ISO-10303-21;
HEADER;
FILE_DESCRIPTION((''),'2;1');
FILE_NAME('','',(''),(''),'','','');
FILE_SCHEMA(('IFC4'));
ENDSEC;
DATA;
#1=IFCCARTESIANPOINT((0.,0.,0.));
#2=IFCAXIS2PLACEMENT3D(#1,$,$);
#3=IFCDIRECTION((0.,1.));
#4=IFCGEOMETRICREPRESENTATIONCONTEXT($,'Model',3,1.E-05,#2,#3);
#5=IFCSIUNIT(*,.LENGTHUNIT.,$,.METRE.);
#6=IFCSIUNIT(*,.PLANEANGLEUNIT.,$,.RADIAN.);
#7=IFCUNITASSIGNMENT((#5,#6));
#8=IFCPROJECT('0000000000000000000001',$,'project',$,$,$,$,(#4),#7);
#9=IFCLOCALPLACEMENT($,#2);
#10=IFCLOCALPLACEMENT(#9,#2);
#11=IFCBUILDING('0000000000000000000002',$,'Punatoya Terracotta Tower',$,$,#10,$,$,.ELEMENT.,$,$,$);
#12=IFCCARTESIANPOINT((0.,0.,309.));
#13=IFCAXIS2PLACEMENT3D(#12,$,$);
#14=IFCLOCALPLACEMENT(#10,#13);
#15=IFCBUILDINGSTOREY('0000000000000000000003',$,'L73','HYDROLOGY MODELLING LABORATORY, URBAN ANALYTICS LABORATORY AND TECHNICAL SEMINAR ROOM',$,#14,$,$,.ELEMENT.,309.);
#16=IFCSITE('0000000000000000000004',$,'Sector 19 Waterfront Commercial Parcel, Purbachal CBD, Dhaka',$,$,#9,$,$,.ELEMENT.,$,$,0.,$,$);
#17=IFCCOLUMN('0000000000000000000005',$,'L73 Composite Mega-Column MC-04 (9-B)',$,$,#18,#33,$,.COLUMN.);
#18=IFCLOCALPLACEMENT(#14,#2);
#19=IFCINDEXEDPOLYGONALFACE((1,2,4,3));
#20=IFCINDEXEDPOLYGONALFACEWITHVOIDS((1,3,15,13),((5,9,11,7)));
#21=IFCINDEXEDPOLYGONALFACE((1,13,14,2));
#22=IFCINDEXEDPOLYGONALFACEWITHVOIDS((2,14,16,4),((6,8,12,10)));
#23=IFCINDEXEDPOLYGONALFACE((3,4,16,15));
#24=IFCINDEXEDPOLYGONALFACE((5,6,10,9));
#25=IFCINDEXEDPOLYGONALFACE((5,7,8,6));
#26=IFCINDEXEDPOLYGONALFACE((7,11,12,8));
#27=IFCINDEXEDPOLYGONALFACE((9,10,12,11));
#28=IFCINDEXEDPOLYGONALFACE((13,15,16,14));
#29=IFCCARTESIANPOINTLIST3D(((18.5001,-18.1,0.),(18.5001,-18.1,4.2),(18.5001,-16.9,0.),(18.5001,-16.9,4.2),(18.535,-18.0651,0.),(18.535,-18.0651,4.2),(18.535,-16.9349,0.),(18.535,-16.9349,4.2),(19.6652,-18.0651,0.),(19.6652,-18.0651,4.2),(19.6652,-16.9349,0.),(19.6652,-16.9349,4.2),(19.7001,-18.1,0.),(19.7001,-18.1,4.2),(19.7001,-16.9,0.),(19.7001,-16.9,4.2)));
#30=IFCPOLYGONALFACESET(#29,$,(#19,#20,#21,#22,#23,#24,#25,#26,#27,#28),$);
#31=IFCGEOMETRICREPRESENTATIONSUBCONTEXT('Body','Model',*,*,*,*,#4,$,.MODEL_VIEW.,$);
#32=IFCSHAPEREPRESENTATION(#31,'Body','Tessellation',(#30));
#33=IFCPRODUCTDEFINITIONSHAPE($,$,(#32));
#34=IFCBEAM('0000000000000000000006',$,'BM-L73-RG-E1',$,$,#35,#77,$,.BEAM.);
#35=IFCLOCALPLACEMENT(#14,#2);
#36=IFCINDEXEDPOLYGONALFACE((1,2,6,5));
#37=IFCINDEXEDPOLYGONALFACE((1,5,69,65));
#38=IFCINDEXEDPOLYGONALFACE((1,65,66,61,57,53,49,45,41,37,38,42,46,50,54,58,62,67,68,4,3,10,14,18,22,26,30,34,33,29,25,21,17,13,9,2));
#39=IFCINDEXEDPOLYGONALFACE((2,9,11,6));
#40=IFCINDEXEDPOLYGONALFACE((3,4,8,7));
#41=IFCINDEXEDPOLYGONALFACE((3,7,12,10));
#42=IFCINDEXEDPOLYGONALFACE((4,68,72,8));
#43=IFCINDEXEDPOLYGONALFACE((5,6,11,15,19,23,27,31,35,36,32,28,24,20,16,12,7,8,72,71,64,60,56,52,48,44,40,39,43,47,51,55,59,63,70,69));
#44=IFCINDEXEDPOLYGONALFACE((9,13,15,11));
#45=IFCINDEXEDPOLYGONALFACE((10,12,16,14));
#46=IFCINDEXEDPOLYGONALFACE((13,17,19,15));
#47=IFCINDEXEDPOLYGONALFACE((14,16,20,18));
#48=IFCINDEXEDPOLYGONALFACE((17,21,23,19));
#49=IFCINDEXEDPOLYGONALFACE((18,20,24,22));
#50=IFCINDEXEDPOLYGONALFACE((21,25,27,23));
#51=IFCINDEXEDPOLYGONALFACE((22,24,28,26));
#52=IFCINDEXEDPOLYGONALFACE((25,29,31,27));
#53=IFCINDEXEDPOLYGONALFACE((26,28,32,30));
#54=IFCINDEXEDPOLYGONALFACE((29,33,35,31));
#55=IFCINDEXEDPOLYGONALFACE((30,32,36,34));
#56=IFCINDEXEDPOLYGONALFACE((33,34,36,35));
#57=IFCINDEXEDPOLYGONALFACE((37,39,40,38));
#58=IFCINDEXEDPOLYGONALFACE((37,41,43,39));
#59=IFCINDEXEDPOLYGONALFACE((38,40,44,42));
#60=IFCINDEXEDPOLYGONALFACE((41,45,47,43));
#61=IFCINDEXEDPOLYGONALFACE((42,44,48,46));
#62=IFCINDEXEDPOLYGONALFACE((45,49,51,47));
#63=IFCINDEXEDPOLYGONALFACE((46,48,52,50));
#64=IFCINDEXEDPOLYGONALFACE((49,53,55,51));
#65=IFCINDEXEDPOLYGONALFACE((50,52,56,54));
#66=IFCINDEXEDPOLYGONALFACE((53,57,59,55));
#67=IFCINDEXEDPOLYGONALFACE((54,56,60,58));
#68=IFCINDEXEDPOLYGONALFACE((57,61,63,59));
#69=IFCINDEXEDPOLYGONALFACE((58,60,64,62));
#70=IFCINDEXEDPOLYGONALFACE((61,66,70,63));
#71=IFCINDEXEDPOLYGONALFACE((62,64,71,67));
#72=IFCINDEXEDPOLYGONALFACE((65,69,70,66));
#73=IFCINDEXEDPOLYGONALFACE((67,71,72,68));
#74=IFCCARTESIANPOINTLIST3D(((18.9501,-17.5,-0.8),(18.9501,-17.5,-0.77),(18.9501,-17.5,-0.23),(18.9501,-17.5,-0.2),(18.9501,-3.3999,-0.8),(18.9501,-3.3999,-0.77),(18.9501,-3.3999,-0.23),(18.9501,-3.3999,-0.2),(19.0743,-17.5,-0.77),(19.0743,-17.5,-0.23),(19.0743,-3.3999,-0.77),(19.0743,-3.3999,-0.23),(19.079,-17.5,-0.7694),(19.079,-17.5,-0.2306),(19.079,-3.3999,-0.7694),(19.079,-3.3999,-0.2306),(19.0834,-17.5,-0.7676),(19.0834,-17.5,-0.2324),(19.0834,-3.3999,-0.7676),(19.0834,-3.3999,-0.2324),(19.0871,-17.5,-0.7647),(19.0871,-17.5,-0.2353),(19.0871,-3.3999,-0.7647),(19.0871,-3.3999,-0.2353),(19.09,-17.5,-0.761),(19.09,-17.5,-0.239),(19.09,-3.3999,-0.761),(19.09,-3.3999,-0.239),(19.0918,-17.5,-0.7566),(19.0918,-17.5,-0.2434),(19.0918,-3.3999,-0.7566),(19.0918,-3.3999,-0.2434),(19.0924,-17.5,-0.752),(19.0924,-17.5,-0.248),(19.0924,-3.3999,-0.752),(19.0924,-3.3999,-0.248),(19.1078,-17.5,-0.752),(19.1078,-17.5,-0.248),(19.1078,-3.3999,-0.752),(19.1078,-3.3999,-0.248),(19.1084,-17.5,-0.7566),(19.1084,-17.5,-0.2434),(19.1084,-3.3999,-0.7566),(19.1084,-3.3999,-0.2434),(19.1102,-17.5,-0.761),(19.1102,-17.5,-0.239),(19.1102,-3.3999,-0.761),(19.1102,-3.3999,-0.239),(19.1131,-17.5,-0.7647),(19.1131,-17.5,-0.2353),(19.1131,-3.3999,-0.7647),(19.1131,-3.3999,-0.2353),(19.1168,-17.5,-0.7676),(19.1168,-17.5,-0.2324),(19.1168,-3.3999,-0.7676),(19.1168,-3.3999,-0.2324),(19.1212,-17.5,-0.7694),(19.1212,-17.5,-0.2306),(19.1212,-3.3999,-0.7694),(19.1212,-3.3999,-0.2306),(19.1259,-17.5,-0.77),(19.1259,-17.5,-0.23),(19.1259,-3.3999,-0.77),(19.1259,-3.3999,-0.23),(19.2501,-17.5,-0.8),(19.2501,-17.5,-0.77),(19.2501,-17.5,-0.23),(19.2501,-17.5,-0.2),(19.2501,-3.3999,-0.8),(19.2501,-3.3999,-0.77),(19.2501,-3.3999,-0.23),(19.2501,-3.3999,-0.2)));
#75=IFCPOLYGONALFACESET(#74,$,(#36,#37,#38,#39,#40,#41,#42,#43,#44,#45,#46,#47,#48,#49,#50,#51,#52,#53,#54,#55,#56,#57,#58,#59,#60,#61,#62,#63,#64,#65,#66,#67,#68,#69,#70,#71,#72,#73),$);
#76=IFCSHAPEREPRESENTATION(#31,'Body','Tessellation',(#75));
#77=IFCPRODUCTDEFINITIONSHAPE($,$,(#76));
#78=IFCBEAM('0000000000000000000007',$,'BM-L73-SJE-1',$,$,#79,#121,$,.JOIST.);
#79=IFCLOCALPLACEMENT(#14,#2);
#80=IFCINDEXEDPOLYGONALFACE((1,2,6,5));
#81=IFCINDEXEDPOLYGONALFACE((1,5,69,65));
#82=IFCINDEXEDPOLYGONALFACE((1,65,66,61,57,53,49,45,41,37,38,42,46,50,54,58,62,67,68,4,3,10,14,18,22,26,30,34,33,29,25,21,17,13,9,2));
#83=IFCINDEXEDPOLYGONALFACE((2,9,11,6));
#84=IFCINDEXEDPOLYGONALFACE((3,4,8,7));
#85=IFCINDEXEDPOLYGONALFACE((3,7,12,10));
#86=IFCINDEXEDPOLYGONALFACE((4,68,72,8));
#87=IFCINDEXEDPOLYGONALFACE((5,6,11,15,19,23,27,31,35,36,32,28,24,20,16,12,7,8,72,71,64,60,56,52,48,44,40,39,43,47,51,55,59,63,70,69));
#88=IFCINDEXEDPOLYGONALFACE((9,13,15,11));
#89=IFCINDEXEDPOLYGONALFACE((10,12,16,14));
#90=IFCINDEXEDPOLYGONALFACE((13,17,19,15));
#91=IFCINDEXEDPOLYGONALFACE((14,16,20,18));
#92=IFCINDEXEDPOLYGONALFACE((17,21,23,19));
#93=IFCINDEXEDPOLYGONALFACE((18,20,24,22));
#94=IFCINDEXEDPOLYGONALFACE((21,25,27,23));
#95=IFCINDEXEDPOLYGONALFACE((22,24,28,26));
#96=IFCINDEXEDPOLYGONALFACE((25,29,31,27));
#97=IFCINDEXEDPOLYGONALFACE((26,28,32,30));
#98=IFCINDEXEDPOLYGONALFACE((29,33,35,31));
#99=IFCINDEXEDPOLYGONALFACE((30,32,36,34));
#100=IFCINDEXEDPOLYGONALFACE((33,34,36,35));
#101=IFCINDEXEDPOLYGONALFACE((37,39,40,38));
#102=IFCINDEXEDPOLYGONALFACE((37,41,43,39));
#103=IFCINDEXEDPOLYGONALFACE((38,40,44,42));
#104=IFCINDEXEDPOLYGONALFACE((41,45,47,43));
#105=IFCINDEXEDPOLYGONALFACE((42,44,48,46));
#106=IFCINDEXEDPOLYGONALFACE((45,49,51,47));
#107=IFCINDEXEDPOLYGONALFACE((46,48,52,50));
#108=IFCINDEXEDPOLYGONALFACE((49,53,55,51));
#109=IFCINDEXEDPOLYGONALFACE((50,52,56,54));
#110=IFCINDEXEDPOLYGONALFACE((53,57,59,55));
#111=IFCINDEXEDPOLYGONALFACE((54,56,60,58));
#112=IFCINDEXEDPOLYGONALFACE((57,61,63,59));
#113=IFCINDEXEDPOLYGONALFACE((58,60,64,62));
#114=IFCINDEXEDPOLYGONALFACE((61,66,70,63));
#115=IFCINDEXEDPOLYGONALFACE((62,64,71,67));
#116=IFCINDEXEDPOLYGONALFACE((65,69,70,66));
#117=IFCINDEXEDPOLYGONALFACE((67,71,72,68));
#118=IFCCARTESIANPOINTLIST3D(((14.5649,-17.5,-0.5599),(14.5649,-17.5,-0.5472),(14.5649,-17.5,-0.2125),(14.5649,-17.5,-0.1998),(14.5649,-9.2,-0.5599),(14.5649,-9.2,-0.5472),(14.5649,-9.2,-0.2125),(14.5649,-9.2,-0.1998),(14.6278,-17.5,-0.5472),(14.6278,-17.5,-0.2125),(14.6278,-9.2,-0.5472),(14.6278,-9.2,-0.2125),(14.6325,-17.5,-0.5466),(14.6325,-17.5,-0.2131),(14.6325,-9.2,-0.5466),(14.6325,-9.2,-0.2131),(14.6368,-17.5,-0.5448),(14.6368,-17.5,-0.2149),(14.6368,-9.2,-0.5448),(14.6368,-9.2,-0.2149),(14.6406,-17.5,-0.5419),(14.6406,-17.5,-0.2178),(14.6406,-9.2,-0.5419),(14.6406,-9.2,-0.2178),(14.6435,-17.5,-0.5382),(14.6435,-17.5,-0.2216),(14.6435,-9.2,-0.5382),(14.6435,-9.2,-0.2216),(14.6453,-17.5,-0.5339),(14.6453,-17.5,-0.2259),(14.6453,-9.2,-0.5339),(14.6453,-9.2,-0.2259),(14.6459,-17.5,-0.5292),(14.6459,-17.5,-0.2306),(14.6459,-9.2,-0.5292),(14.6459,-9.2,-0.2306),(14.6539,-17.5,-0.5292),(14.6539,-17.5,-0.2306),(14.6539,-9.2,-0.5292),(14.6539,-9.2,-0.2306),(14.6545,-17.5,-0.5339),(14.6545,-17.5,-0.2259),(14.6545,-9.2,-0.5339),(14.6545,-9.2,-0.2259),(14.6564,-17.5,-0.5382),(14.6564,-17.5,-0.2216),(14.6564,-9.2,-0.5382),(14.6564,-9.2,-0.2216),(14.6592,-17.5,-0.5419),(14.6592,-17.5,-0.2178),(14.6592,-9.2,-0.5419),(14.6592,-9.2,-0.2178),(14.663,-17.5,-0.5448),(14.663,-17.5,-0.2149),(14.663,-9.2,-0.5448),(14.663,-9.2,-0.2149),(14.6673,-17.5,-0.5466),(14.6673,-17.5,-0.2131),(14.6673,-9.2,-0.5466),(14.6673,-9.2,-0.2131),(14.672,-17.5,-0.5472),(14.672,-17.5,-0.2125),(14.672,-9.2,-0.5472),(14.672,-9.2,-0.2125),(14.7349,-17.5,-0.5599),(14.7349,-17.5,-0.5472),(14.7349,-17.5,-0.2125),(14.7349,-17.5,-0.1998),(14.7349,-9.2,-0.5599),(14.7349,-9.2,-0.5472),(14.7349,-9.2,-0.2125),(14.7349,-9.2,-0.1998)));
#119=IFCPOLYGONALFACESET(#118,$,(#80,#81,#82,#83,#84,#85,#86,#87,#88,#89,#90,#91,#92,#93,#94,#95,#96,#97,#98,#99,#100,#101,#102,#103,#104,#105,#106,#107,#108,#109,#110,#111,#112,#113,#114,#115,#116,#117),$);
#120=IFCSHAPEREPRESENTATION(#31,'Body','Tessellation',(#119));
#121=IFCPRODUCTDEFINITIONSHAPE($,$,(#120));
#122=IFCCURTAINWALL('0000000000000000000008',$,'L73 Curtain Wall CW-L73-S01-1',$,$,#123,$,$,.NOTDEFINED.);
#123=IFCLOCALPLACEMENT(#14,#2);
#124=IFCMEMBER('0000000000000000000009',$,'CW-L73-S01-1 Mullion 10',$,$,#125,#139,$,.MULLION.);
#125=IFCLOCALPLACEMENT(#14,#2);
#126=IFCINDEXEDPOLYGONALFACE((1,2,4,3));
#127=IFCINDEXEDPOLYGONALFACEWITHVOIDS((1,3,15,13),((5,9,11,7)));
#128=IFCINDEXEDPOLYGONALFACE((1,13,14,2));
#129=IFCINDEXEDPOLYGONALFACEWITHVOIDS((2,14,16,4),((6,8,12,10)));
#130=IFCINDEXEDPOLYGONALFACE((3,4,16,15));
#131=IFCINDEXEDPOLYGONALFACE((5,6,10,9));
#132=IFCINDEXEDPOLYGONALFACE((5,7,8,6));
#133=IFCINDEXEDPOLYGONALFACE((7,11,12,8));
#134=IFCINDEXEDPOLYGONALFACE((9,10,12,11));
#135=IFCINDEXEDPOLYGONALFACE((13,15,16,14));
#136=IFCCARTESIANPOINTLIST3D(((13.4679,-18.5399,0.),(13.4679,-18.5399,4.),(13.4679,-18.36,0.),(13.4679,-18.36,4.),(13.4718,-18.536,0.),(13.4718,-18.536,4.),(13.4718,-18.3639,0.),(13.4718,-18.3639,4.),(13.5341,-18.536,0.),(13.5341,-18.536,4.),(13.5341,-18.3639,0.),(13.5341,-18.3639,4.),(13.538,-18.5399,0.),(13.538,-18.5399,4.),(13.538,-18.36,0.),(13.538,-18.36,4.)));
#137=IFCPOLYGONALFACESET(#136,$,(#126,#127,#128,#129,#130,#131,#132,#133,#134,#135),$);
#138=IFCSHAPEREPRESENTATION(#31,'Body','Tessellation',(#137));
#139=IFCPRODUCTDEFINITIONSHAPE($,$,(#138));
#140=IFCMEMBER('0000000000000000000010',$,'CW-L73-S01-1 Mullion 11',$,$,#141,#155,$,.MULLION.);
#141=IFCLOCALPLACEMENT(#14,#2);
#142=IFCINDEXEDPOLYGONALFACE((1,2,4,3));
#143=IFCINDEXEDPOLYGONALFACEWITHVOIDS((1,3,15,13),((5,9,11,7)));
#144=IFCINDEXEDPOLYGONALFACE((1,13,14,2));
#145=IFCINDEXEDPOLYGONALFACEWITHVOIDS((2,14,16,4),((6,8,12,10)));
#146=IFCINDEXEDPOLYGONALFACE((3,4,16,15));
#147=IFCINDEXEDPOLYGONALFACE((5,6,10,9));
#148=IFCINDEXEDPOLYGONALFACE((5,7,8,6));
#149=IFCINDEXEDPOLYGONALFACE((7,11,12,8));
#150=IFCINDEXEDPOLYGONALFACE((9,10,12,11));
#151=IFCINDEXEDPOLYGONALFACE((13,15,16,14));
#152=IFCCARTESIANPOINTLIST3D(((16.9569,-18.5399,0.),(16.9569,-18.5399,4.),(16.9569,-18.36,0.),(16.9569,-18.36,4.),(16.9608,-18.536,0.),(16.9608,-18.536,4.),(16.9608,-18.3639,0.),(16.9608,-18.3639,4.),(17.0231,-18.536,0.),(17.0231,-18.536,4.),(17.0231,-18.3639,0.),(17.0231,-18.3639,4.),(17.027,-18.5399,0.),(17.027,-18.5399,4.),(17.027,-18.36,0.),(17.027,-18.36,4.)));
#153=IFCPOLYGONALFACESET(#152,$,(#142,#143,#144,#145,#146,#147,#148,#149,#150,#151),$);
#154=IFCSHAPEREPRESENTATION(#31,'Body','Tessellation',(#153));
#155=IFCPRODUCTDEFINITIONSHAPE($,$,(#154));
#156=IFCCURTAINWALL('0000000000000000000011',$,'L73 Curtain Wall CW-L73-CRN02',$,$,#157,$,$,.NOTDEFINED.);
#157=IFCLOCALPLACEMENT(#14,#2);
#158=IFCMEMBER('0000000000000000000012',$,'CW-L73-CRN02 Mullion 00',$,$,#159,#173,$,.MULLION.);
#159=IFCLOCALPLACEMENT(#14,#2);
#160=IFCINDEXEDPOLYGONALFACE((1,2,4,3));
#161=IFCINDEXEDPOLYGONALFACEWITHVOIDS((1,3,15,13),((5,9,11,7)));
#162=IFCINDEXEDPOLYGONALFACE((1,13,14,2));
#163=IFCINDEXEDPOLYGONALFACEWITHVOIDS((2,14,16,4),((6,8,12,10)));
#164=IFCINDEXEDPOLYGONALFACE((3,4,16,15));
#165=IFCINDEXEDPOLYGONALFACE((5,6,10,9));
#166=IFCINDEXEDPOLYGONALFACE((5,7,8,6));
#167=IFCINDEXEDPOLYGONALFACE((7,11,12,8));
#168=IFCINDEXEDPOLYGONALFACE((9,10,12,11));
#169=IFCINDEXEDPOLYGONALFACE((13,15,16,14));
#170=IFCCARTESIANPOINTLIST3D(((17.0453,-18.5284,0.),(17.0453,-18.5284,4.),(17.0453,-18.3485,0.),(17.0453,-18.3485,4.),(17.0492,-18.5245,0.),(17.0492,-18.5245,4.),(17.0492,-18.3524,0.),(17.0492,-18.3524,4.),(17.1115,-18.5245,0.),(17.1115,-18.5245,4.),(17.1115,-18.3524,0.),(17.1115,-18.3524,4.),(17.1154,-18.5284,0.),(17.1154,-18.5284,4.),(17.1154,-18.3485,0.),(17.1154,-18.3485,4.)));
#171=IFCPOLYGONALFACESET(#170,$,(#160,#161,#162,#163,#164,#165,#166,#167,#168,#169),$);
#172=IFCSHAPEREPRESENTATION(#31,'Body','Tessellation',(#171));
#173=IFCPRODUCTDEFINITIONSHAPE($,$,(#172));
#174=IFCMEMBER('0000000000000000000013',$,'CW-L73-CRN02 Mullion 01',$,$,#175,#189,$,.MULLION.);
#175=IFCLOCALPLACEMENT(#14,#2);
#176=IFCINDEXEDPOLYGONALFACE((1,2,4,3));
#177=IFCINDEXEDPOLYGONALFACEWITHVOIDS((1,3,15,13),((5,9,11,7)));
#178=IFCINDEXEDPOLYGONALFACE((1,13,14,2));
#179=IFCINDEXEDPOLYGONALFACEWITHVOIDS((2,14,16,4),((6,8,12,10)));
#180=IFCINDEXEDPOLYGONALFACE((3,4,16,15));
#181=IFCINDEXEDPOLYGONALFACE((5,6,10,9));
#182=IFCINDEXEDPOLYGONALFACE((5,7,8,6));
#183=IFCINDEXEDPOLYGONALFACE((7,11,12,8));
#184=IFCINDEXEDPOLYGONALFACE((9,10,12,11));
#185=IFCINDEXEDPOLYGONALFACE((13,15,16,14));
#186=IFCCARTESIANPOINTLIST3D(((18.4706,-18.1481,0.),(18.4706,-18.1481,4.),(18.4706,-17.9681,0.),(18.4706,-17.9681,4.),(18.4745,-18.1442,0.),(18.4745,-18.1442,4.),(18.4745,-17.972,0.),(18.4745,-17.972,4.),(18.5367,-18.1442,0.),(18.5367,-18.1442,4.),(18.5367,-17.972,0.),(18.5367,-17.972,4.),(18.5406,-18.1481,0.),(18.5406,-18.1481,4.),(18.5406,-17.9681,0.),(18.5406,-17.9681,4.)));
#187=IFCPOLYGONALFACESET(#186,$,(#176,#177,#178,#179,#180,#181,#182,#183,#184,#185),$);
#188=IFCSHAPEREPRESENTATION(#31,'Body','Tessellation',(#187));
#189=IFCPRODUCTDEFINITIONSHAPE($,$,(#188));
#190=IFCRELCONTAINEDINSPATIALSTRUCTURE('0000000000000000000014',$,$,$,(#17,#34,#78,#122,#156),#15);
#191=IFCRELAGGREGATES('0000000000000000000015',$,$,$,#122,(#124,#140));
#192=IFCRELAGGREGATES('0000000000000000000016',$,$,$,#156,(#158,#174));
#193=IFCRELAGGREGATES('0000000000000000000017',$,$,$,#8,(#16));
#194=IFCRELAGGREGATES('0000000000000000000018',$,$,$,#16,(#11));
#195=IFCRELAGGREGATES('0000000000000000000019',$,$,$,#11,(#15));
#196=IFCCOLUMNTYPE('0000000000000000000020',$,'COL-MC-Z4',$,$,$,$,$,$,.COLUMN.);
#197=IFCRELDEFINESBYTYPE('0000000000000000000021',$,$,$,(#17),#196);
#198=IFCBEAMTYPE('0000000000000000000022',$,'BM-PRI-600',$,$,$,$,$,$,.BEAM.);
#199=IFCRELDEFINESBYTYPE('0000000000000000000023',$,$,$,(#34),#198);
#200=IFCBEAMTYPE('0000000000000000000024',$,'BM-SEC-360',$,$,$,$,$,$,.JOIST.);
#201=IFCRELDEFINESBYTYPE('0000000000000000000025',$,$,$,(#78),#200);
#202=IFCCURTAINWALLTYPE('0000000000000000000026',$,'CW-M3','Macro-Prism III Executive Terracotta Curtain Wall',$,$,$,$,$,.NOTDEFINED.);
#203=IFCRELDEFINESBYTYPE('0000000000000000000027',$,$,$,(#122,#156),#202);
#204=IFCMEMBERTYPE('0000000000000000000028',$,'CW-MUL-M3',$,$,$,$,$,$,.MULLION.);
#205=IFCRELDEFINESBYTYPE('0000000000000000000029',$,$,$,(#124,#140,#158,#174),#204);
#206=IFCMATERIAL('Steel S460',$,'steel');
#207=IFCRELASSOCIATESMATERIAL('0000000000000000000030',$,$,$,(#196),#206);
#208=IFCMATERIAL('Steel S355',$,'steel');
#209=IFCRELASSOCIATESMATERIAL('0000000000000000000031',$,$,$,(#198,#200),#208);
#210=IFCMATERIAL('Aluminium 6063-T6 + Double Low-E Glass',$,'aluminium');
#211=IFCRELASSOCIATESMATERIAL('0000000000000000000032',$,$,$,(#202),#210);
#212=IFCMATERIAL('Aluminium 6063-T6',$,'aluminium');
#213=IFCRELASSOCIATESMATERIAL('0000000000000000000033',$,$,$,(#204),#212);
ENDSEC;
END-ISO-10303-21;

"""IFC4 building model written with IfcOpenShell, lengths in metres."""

from ifc_helpers import new_model, si_unit, direction, frame, origin, origin_2d, place, context, subcontext, project, spatial, hollow_rectangle, i_section, extrude, material, material_profile, profile_set, type_object, element, aggregate, save


model = new_model("IFC4")

# Units and contexts
model_context = context("Model", 3, precision=1e-05, world=origin(), true_north=direction((0.0, 1.0)))
body_context = subcontext(model_context, "Body", "Model", "MODEL_VIEW")
ifc_project = project(units=[si_unit("LENGTHUNIT", "METRE"), si_unit("PLANEANGLEUNIT", "RADIAN")], contexts=[model_context])

# Site, building, storey
site_placement = place(None, origin())
site = spatial("IfcSite", under=ifc_project, at=site_placement, Name="Sector 19 Waterfront Commercial Parcel, Purbachal CBD, Dhaka", CompositionType="ELEMENT", RefElevation=0.0)
building_placement = place(site_placement, origin())
building = spatial("IfcBuilding", under=site, at=building_placement, Name="Punatoya Terracotta Tower", CompositionType="ELEMENT")
storey_placement = place(building_placement, frame((0.0, 0.0, 309.0)))
storey = spatial("IfcBuildingStorey", under=building, at=storey_placement, Name="L73", Description="HYDROLOGY MODELLING LABORATORY, URBAN ANALYTICS LABORATORY AND TECHNICAL SEMINAR ROOM", CompositionType="ELEMENT", Elevation=309.0)

# Column
ifc_material_1 = material(Name="Steel S460", Category="steel")
ifc_material_profile_1 = material_profile(ifc_material_1, hollow_rectangle(XDim=1.2, YDim=1.2, WallThickness=0.0349, at=origin_2d()))
ifc_profile_set_1 = profile_set([ifc_material_profile_1], Name="Steel S460")
column_type = type_object("IfcColumnType", Name="COL-MC-Z4", PredefinedType="COLUMN", material=ifc_profile_set_1)
column_placement = place(storey_placement, frame((19.1001, -17.5, 0.0), z_axis=(0.0, 0.0, 1.0), x_axis=(1.0, 0.0, 0.0)))
element("IfcColumn", 1, at=column_placement, inside=storey, type_object=column_type, Name="L73 Composite Mega-Column MC-04 (9-B)", PredefinedType="COLUMN", context=body_context, shape_type="SweptSolid", body=[
    extrude(hollow_rectangle(XDim=1.2, YDim=1.2, WallThickness=0.0349, at=origin_2d()), origin(), (0.0, 0.0, 1.0), 4.2),
])

# Beams
ifc_material_2 = material(Name="Steel S355", Category="steel")
ifc_material_profile_2 = material_profile(ifc_material_2, i_section(OverallWidth=0.3, OverallDepth=0.6001, WebThickness=0.0154, FlangeThickness=0.03, FilletRadius=0.0181, at=origin_2d()))
ifc_profile_set_2 = profile_set([ifc_material_profile_2], Name="Steel S355")
beam_type_1 = type_object("IfcBeamType", Name="BM-PRI-600", PredefinedType="BEAM", material=ifc_profile_set_2)
beam_1_placement = place(storey_placement, frame((19.1001, -17.5, -0.5), z_axis=(0.0, 1.0, 0.0), x_axis=(-1.0, 0.0, 0.0)))
element("IfcBeam", 2, at=beam_1_placement, inside=storey, type_object=beam_type_1, Name="BM-L73-RG-E1", PredefinedType="BEAM", context=body_context, shape_type="SweptSolid", body=[
    extrude(i_section(OverallWidth=0.3, OverallDepth=0.6001, WebThickness=0.0154, FlangeThickness=0.03, FilletRadius=0.0181, at=origin_2d()), origin(), (0.0, 0.0, 1.0), 14.1001),
])
ifc_material_profile_3 = material_profile(ifc_material_2, i_section(OverallWidth=0.1699, OverallDepth=0.3601, WebThickness=0.0081, FlangeThickness=0.0127, FilletRadius=0.0181, at=origin_2d()))
ifc_profile_set_3 = profile_set([ifc_material_profile_3], Name="Steel S355")
beam_type_2 = type_object("IfcBeamType", Name="BM-SEC-360", PredefinedType="JOIST", material=ifc_profile_set_3)
beam_2_placement = place(storey_placement, frame((14.6499, -17.5, -0.3799), z_axis=(0.0, 1.0, 0.0), x_axis=(-1.0, 0.0, 0.0)))
element("IfcBeam", 3, at=beam_2_placement, inside=storey, type_object=beam_type_2, Name="BM-L73-SJE-1", PredefinedType="JOIST", context=body_context, shape_type="SweptSolid", body=[
    extrude(i_section(OverallWidth=0.1699, OverallDepth=0.3601, WebThickness=0.0081, FlangeThickness=0.0127, FilletRadius=0.0181, at=origin_2d()), origin(), (0.0, 0.0, 1.0), 8.3),
])

# Curtain walls, members
ifc_material_3 = material(Name="Aluminium 6063-T6 + Double Low-E Glass", Category="aluminium")
curtain_wall_type = type_object("IfcCurtainWallType", Name="CW-M3", Description="Macro-Prism III Executive Terracotta Curtain Wall", PredefinedType="NOTDEFINED", material=ifc_material_3)
curtain_wall_1_placement = place(storey_placement, origin())
curtain_wall_1 = element("IfcCurtainWall", 4, at=curtain_wall_1_placement, inside=storey, type_object=curtain_wall_type, Name="L73 Curtain Wall CW-L73-S01-1", PredefinedType="NOTDEFINED")
ifc_material_4 = material(Name="Aluminium 6063-T6", Category="aluminium")
ifc_material_profile_4 = material_profile(ifc_material_4, hollow_rectangle(XDim=0.0701, YDim=0.1799, WallThickness=0.0039, at=origin_2d()))
ifc_profile_set_4 = profile_set([ifc_material_profile_4], Name="Aluminium 6063-T6")
member_type_1 = type_object("IfcMemberType", Name="CW-MUL-M3", PredefinedType="MULLION", material=ifc_profile_set_4)
member_1_placement = place(storey_placement, frame((13.5029, -18.45, 0.0), z_axis=(0.0, 0.0, 1.0), x_axis=(1.0, 0.0, 0.0)))
member_1 = element("IfcMember", 5, at=member_1_placement, type_object=member_type_1, Name="CW-L73-S01-1 Mullion 10", PredefinedType="MULLION", context=body_context, shape_type="SweptSolid", body=[
    extrude(hollow_rectangle(XDim=0.0701, YDim=0.1799, WallThickness=0.0039, at=origin_2d()), origin(), (0.0, 0.0, 1.0), 4.0),
])
member_2_placement = place(storey_placement, frame((16.9919, -18.45, 0.0), z_axis=(0.0, 0.0, 1.0), x_axis=(1.0, 0.0, 0.0)))
member_2 = element("IfcMember", 6, at=member_2_placement, type_object=member_type_1, Name="CW-L73-S01-1 Mullion 11", PredefinedType="MULLION", context=body_context, shape_type="SweptSolid", body=[
    extrude(hollow_rectangle(XDim=0.0701, YDim=0.1799, WallThickness=0.0039, at=origin_2d()), origin(), (0.0, 0.0, 1.0), 4.0),
])
curtain_wall_2_placement = place(storey_placement, origin())
curtain_wall_2 = element("IfcCurtainWall", 7, at=curtain_wall_2_placement, inside=storey, type_object=curtain_wall_type, Name="L73 Curtain Wall CW-L73-CRN02", PredefinedType="NOTDEFINED")
member_3_placement = place(storey_placement, frame((17.0803, -18.4385, 0.0), z_axis=(0.0, 0.0, 1.0), x_axis=(1.0, 0.0, 0.0)))
member_3 = element("IfcMember", 8, at=member_3_placement, type_object=member_type_1, Name="CW-L73-CRN02 Mullion 00", PredefinedType="MULLION", context=body_context, shape_type="SweptSolid", body=[
    extrude(hollow_rectangle(XDim=0.0701, YDim=0.1799, WallThickness=0.0039, at=origin_2d()), origin(), (0.0, 0.0, 1.0), 4.0),
])
member_4_placement = place(storey_placement, frame((18.5056, -18.0581, 0.0), z_axis=(0.0, 0.0, 1.0), x_axis=(1.0, 0.0, 0.0)))
member_4 = element("IfcMember", 9, at=member_4_placement, type_object=member_type_1, Name="CW-L73-CRN02 Mullion 01", PredefinedType="MULLION", context=body_context, shape_type="SweptSolid", body=[
    extrude(hollow_rectangle(XDim=0.0701, YDim=0.1799, WallThickness=0.0039, at=origin_2d()), origin(), (0.0, 0.0, 1.0), 4.0),
])

aggregate(curtain_wall_1, [member_1, member_2])
aggregate(curtain_wall_2, [member_3, member_4])

save(model, "model.ifc")
